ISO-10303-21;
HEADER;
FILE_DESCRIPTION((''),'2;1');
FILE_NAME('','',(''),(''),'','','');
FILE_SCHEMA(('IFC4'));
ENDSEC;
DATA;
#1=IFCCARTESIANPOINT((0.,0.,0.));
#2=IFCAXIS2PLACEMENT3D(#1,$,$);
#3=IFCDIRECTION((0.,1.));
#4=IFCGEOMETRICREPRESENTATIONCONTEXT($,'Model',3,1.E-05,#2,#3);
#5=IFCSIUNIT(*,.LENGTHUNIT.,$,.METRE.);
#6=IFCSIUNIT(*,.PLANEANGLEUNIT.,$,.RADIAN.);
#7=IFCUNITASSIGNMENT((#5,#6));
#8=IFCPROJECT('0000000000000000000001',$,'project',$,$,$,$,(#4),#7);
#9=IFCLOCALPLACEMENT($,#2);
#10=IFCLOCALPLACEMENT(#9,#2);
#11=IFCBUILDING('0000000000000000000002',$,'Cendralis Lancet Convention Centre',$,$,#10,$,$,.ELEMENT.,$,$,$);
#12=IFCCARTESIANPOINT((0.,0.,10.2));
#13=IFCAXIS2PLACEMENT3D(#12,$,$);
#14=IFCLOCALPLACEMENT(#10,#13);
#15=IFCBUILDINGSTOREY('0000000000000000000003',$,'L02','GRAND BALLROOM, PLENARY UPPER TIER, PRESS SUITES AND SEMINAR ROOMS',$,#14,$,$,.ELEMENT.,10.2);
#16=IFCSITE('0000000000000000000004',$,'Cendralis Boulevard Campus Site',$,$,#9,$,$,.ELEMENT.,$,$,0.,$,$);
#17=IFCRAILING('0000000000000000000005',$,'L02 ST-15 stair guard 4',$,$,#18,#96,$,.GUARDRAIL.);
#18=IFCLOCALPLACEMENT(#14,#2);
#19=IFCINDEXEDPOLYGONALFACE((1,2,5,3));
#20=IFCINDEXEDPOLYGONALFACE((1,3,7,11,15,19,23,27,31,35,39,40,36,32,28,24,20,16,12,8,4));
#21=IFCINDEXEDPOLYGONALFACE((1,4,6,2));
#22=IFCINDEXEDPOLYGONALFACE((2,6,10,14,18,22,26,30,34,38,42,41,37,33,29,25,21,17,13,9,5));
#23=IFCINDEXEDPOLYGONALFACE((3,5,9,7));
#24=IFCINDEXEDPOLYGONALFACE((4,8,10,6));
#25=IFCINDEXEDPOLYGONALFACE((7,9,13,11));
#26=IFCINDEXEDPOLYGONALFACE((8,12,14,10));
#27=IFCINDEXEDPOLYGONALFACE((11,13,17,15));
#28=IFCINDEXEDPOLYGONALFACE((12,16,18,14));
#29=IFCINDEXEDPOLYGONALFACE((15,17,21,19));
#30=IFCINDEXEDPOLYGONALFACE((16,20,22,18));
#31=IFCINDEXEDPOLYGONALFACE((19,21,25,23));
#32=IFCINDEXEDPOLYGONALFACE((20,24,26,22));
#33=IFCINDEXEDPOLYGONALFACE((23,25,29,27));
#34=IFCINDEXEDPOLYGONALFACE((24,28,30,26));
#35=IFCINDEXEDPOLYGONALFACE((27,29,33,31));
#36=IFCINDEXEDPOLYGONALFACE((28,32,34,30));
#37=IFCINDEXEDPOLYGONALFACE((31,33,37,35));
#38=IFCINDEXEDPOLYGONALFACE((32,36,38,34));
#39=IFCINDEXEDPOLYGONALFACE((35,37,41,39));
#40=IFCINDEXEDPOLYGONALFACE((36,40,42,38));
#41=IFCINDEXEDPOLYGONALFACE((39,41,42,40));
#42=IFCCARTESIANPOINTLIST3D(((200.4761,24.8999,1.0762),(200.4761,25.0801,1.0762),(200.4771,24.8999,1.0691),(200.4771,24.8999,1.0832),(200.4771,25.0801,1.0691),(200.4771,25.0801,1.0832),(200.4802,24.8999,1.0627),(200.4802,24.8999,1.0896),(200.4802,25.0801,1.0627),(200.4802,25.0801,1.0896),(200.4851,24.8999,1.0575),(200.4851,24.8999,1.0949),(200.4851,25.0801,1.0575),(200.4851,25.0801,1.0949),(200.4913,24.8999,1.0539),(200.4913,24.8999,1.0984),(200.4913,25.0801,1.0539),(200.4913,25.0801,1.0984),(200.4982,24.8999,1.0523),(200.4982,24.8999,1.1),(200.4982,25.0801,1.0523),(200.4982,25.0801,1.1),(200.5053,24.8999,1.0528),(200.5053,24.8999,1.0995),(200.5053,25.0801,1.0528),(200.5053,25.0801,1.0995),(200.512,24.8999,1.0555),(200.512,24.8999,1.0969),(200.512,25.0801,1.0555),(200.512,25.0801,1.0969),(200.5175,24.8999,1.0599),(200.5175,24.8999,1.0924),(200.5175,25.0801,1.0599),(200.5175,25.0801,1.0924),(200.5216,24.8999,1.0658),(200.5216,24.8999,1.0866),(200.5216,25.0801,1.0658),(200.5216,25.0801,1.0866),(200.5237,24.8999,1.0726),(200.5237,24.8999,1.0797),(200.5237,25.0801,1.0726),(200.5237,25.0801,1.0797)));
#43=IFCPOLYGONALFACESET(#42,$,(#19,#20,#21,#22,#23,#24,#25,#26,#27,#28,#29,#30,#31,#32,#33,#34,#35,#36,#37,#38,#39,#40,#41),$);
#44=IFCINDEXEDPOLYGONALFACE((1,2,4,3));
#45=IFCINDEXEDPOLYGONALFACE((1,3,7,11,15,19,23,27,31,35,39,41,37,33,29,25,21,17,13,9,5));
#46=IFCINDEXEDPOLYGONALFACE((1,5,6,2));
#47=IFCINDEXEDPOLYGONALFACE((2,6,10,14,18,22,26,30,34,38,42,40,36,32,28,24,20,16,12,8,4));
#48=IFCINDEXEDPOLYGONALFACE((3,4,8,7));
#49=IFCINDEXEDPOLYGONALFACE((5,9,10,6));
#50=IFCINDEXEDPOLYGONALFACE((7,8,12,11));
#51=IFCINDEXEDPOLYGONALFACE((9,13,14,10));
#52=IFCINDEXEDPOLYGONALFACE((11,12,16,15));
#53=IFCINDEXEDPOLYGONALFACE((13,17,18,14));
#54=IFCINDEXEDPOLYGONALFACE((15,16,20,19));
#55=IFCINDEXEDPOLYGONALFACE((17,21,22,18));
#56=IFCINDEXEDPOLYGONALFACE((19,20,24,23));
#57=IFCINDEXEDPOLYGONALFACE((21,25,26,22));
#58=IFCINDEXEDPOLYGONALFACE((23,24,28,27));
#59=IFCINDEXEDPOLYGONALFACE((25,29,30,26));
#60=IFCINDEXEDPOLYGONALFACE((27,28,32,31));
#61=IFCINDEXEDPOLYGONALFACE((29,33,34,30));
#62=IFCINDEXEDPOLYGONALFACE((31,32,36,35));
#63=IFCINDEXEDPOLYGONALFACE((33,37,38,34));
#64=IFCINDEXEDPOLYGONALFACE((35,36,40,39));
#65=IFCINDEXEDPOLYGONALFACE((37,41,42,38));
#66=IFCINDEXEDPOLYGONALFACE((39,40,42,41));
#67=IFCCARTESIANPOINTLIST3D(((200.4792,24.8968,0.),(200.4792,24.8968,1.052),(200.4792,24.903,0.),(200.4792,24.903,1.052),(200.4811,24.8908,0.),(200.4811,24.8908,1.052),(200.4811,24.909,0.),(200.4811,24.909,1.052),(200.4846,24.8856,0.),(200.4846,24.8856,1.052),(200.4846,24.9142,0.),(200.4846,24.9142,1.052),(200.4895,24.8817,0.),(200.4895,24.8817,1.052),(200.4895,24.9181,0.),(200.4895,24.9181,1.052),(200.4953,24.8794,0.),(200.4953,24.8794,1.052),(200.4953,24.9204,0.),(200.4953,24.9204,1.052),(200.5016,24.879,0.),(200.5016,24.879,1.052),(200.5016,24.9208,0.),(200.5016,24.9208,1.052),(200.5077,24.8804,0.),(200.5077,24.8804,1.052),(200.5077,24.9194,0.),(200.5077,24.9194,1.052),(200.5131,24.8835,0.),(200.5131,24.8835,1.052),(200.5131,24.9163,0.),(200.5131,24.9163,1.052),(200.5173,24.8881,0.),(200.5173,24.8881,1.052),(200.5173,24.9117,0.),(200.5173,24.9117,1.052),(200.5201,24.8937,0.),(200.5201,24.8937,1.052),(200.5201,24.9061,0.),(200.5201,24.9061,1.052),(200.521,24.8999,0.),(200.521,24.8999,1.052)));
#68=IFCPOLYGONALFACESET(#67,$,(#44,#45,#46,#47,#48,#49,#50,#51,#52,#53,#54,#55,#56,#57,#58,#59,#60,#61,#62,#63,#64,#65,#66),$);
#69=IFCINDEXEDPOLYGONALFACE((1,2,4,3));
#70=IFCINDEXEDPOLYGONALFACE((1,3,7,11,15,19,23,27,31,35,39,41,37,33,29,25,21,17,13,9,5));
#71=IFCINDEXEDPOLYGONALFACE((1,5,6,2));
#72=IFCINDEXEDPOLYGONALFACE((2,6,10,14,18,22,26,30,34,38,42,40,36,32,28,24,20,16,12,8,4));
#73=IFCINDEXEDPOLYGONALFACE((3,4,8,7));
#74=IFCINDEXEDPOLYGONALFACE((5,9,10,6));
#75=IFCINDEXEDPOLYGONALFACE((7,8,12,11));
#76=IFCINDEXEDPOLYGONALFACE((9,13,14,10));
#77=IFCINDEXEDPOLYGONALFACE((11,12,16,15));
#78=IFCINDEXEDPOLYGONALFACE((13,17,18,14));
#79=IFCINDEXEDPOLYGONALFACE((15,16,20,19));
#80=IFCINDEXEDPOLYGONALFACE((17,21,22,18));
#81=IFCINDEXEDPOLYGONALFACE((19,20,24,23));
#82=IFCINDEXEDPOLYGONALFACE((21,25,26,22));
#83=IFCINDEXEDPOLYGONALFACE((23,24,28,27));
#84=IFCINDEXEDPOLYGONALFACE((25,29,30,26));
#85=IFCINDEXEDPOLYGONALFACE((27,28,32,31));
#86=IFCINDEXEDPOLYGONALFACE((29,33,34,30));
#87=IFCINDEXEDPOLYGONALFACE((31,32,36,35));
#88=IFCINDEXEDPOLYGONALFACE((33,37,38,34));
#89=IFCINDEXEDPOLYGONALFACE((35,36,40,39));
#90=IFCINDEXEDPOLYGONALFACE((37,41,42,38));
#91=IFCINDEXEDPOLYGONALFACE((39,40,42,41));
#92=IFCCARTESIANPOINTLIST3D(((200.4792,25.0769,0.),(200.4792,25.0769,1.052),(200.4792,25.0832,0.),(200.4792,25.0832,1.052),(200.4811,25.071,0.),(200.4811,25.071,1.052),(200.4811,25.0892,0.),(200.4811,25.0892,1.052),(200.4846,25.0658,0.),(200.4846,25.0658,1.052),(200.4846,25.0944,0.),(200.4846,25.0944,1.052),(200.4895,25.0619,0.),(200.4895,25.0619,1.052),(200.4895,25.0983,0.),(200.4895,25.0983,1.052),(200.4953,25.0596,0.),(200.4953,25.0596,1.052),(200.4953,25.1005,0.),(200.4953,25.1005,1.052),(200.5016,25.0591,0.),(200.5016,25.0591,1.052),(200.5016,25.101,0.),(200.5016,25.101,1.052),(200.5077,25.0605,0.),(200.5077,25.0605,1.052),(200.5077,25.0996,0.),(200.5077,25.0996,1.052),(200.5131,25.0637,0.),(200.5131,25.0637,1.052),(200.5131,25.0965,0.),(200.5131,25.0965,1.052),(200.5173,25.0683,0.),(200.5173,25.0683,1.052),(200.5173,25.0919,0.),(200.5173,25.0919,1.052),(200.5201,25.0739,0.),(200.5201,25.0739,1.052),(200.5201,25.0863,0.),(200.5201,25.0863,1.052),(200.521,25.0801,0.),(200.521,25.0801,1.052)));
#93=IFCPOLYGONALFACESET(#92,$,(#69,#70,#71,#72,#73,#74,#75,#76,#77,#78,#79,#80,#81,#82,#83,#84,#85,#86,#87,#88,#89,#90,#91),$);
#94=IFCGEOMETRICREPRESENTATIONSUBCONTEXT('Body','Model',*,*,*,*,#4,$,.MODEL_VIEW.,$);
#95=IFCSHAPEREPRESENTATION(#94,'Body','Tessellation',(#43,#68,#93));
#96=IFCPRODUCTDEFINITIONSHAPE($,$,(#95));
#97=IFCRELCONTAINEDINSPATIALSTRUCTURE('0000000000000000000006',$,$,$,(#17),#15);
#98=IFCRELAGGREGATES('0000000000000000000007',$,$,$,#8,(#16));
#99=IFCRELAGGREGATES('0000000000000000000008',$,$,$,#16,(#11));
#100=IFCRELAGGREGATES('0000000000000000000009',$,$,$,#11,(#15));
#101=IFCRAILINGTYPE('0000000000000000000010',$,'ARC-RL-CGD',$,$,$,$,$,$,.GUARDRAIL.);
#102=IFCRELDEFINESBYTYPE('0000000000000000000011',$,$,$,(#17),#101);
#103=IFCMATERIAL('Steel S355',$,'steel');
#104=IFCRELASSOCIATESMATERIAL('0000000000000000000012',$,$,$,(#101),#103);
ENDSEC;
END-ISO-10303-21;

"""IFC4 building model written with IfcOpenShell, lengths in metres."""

from ifc_helpers import new_model, si_unit, direction, frame, origin, origin_2d, place, context, subcontext, project, spatial, circle, extrude, material, type_object, element, save


model = new_model("IFC4")

# Units and contexts
model_context = context("Model", 3, precision=1e-05, world=origin(), true_north=direction((0.0, 1.0)))
body_context = subcontext(model_context, "Body", "Model", "MODEL_VIEW")
ifc_project = project(units=[si_unit("LENGTHUNIT", "METRE"), si_unit("PLANEANGLEUNIT", "RADIAN")], contexts=[model_context])

# Site, building, storey
site_placement = place(None, origin())
site = spatial("IfcSite", under=ifc_project, at=site_placement, Name="Cendralis Boulevard Campus Site", CompositionType="ELEMENT", RefElevation=0.0)
building_placement = place(site_placement, origin())
building = spatial("IfcBuilding", under=site, at=building_placement, Name="Cendralis Lancet Convention Centre", CompositionType="ELEMENT")
storey_placement = place(building_placement, frame((0.0, 0.0, 10.2)))
storey = spatial("IfcBuildingStorey", under=building, at=storey_placement, Name="L02", Description="GRAND BALLROOM, PLENARY UPPER TIER, PRESS SUITES AND SEMINAR ROOMS", CompositionType="ELEMENT", Elevation=10.2)

# Shared definitions
ifc_material_1 = material(Name="Steel S355", Category="steel")

# Railing
railing_type_1 = type_object("IfcRailingType", Name="ARC-RL-CGD", PredefinedType="GUARDRAIL", material=ifc_material_1)
railing_1_placement = place(storey_placement, frame((200.5, 24.8999, 0.0)))
element("IfcRailing", 1, at=railing_1_placement, inside=storey, type_object=railing_type_1, Name="L02 ST-15 stair guard 4", PredefinedType="GUARDRAIL", context=body_context, shape_type="SweptSolid", body=[
    extrude(circle(Radius=0.0239, at=origin_2d()), frame((0.0, 0.0, 1.0762), z_axis=(0.0, 1.0, 0.0), x_axis=(-1.0, 0.0, 0.0)), (0.0, 0.0, 1.0), 0.1802),
    extrude(circle(Radius=0.021, at=origin_2d()), origin(), (0.0, 0.0, 1.0), 1.052),
    extrude(circle(Radius=0.021, at=origin_2d()), frame((0.0, 0.1802, 0.0)), (0.0, 0.0, 1.0), 1.052),
])

save(model, "model.ifc")
